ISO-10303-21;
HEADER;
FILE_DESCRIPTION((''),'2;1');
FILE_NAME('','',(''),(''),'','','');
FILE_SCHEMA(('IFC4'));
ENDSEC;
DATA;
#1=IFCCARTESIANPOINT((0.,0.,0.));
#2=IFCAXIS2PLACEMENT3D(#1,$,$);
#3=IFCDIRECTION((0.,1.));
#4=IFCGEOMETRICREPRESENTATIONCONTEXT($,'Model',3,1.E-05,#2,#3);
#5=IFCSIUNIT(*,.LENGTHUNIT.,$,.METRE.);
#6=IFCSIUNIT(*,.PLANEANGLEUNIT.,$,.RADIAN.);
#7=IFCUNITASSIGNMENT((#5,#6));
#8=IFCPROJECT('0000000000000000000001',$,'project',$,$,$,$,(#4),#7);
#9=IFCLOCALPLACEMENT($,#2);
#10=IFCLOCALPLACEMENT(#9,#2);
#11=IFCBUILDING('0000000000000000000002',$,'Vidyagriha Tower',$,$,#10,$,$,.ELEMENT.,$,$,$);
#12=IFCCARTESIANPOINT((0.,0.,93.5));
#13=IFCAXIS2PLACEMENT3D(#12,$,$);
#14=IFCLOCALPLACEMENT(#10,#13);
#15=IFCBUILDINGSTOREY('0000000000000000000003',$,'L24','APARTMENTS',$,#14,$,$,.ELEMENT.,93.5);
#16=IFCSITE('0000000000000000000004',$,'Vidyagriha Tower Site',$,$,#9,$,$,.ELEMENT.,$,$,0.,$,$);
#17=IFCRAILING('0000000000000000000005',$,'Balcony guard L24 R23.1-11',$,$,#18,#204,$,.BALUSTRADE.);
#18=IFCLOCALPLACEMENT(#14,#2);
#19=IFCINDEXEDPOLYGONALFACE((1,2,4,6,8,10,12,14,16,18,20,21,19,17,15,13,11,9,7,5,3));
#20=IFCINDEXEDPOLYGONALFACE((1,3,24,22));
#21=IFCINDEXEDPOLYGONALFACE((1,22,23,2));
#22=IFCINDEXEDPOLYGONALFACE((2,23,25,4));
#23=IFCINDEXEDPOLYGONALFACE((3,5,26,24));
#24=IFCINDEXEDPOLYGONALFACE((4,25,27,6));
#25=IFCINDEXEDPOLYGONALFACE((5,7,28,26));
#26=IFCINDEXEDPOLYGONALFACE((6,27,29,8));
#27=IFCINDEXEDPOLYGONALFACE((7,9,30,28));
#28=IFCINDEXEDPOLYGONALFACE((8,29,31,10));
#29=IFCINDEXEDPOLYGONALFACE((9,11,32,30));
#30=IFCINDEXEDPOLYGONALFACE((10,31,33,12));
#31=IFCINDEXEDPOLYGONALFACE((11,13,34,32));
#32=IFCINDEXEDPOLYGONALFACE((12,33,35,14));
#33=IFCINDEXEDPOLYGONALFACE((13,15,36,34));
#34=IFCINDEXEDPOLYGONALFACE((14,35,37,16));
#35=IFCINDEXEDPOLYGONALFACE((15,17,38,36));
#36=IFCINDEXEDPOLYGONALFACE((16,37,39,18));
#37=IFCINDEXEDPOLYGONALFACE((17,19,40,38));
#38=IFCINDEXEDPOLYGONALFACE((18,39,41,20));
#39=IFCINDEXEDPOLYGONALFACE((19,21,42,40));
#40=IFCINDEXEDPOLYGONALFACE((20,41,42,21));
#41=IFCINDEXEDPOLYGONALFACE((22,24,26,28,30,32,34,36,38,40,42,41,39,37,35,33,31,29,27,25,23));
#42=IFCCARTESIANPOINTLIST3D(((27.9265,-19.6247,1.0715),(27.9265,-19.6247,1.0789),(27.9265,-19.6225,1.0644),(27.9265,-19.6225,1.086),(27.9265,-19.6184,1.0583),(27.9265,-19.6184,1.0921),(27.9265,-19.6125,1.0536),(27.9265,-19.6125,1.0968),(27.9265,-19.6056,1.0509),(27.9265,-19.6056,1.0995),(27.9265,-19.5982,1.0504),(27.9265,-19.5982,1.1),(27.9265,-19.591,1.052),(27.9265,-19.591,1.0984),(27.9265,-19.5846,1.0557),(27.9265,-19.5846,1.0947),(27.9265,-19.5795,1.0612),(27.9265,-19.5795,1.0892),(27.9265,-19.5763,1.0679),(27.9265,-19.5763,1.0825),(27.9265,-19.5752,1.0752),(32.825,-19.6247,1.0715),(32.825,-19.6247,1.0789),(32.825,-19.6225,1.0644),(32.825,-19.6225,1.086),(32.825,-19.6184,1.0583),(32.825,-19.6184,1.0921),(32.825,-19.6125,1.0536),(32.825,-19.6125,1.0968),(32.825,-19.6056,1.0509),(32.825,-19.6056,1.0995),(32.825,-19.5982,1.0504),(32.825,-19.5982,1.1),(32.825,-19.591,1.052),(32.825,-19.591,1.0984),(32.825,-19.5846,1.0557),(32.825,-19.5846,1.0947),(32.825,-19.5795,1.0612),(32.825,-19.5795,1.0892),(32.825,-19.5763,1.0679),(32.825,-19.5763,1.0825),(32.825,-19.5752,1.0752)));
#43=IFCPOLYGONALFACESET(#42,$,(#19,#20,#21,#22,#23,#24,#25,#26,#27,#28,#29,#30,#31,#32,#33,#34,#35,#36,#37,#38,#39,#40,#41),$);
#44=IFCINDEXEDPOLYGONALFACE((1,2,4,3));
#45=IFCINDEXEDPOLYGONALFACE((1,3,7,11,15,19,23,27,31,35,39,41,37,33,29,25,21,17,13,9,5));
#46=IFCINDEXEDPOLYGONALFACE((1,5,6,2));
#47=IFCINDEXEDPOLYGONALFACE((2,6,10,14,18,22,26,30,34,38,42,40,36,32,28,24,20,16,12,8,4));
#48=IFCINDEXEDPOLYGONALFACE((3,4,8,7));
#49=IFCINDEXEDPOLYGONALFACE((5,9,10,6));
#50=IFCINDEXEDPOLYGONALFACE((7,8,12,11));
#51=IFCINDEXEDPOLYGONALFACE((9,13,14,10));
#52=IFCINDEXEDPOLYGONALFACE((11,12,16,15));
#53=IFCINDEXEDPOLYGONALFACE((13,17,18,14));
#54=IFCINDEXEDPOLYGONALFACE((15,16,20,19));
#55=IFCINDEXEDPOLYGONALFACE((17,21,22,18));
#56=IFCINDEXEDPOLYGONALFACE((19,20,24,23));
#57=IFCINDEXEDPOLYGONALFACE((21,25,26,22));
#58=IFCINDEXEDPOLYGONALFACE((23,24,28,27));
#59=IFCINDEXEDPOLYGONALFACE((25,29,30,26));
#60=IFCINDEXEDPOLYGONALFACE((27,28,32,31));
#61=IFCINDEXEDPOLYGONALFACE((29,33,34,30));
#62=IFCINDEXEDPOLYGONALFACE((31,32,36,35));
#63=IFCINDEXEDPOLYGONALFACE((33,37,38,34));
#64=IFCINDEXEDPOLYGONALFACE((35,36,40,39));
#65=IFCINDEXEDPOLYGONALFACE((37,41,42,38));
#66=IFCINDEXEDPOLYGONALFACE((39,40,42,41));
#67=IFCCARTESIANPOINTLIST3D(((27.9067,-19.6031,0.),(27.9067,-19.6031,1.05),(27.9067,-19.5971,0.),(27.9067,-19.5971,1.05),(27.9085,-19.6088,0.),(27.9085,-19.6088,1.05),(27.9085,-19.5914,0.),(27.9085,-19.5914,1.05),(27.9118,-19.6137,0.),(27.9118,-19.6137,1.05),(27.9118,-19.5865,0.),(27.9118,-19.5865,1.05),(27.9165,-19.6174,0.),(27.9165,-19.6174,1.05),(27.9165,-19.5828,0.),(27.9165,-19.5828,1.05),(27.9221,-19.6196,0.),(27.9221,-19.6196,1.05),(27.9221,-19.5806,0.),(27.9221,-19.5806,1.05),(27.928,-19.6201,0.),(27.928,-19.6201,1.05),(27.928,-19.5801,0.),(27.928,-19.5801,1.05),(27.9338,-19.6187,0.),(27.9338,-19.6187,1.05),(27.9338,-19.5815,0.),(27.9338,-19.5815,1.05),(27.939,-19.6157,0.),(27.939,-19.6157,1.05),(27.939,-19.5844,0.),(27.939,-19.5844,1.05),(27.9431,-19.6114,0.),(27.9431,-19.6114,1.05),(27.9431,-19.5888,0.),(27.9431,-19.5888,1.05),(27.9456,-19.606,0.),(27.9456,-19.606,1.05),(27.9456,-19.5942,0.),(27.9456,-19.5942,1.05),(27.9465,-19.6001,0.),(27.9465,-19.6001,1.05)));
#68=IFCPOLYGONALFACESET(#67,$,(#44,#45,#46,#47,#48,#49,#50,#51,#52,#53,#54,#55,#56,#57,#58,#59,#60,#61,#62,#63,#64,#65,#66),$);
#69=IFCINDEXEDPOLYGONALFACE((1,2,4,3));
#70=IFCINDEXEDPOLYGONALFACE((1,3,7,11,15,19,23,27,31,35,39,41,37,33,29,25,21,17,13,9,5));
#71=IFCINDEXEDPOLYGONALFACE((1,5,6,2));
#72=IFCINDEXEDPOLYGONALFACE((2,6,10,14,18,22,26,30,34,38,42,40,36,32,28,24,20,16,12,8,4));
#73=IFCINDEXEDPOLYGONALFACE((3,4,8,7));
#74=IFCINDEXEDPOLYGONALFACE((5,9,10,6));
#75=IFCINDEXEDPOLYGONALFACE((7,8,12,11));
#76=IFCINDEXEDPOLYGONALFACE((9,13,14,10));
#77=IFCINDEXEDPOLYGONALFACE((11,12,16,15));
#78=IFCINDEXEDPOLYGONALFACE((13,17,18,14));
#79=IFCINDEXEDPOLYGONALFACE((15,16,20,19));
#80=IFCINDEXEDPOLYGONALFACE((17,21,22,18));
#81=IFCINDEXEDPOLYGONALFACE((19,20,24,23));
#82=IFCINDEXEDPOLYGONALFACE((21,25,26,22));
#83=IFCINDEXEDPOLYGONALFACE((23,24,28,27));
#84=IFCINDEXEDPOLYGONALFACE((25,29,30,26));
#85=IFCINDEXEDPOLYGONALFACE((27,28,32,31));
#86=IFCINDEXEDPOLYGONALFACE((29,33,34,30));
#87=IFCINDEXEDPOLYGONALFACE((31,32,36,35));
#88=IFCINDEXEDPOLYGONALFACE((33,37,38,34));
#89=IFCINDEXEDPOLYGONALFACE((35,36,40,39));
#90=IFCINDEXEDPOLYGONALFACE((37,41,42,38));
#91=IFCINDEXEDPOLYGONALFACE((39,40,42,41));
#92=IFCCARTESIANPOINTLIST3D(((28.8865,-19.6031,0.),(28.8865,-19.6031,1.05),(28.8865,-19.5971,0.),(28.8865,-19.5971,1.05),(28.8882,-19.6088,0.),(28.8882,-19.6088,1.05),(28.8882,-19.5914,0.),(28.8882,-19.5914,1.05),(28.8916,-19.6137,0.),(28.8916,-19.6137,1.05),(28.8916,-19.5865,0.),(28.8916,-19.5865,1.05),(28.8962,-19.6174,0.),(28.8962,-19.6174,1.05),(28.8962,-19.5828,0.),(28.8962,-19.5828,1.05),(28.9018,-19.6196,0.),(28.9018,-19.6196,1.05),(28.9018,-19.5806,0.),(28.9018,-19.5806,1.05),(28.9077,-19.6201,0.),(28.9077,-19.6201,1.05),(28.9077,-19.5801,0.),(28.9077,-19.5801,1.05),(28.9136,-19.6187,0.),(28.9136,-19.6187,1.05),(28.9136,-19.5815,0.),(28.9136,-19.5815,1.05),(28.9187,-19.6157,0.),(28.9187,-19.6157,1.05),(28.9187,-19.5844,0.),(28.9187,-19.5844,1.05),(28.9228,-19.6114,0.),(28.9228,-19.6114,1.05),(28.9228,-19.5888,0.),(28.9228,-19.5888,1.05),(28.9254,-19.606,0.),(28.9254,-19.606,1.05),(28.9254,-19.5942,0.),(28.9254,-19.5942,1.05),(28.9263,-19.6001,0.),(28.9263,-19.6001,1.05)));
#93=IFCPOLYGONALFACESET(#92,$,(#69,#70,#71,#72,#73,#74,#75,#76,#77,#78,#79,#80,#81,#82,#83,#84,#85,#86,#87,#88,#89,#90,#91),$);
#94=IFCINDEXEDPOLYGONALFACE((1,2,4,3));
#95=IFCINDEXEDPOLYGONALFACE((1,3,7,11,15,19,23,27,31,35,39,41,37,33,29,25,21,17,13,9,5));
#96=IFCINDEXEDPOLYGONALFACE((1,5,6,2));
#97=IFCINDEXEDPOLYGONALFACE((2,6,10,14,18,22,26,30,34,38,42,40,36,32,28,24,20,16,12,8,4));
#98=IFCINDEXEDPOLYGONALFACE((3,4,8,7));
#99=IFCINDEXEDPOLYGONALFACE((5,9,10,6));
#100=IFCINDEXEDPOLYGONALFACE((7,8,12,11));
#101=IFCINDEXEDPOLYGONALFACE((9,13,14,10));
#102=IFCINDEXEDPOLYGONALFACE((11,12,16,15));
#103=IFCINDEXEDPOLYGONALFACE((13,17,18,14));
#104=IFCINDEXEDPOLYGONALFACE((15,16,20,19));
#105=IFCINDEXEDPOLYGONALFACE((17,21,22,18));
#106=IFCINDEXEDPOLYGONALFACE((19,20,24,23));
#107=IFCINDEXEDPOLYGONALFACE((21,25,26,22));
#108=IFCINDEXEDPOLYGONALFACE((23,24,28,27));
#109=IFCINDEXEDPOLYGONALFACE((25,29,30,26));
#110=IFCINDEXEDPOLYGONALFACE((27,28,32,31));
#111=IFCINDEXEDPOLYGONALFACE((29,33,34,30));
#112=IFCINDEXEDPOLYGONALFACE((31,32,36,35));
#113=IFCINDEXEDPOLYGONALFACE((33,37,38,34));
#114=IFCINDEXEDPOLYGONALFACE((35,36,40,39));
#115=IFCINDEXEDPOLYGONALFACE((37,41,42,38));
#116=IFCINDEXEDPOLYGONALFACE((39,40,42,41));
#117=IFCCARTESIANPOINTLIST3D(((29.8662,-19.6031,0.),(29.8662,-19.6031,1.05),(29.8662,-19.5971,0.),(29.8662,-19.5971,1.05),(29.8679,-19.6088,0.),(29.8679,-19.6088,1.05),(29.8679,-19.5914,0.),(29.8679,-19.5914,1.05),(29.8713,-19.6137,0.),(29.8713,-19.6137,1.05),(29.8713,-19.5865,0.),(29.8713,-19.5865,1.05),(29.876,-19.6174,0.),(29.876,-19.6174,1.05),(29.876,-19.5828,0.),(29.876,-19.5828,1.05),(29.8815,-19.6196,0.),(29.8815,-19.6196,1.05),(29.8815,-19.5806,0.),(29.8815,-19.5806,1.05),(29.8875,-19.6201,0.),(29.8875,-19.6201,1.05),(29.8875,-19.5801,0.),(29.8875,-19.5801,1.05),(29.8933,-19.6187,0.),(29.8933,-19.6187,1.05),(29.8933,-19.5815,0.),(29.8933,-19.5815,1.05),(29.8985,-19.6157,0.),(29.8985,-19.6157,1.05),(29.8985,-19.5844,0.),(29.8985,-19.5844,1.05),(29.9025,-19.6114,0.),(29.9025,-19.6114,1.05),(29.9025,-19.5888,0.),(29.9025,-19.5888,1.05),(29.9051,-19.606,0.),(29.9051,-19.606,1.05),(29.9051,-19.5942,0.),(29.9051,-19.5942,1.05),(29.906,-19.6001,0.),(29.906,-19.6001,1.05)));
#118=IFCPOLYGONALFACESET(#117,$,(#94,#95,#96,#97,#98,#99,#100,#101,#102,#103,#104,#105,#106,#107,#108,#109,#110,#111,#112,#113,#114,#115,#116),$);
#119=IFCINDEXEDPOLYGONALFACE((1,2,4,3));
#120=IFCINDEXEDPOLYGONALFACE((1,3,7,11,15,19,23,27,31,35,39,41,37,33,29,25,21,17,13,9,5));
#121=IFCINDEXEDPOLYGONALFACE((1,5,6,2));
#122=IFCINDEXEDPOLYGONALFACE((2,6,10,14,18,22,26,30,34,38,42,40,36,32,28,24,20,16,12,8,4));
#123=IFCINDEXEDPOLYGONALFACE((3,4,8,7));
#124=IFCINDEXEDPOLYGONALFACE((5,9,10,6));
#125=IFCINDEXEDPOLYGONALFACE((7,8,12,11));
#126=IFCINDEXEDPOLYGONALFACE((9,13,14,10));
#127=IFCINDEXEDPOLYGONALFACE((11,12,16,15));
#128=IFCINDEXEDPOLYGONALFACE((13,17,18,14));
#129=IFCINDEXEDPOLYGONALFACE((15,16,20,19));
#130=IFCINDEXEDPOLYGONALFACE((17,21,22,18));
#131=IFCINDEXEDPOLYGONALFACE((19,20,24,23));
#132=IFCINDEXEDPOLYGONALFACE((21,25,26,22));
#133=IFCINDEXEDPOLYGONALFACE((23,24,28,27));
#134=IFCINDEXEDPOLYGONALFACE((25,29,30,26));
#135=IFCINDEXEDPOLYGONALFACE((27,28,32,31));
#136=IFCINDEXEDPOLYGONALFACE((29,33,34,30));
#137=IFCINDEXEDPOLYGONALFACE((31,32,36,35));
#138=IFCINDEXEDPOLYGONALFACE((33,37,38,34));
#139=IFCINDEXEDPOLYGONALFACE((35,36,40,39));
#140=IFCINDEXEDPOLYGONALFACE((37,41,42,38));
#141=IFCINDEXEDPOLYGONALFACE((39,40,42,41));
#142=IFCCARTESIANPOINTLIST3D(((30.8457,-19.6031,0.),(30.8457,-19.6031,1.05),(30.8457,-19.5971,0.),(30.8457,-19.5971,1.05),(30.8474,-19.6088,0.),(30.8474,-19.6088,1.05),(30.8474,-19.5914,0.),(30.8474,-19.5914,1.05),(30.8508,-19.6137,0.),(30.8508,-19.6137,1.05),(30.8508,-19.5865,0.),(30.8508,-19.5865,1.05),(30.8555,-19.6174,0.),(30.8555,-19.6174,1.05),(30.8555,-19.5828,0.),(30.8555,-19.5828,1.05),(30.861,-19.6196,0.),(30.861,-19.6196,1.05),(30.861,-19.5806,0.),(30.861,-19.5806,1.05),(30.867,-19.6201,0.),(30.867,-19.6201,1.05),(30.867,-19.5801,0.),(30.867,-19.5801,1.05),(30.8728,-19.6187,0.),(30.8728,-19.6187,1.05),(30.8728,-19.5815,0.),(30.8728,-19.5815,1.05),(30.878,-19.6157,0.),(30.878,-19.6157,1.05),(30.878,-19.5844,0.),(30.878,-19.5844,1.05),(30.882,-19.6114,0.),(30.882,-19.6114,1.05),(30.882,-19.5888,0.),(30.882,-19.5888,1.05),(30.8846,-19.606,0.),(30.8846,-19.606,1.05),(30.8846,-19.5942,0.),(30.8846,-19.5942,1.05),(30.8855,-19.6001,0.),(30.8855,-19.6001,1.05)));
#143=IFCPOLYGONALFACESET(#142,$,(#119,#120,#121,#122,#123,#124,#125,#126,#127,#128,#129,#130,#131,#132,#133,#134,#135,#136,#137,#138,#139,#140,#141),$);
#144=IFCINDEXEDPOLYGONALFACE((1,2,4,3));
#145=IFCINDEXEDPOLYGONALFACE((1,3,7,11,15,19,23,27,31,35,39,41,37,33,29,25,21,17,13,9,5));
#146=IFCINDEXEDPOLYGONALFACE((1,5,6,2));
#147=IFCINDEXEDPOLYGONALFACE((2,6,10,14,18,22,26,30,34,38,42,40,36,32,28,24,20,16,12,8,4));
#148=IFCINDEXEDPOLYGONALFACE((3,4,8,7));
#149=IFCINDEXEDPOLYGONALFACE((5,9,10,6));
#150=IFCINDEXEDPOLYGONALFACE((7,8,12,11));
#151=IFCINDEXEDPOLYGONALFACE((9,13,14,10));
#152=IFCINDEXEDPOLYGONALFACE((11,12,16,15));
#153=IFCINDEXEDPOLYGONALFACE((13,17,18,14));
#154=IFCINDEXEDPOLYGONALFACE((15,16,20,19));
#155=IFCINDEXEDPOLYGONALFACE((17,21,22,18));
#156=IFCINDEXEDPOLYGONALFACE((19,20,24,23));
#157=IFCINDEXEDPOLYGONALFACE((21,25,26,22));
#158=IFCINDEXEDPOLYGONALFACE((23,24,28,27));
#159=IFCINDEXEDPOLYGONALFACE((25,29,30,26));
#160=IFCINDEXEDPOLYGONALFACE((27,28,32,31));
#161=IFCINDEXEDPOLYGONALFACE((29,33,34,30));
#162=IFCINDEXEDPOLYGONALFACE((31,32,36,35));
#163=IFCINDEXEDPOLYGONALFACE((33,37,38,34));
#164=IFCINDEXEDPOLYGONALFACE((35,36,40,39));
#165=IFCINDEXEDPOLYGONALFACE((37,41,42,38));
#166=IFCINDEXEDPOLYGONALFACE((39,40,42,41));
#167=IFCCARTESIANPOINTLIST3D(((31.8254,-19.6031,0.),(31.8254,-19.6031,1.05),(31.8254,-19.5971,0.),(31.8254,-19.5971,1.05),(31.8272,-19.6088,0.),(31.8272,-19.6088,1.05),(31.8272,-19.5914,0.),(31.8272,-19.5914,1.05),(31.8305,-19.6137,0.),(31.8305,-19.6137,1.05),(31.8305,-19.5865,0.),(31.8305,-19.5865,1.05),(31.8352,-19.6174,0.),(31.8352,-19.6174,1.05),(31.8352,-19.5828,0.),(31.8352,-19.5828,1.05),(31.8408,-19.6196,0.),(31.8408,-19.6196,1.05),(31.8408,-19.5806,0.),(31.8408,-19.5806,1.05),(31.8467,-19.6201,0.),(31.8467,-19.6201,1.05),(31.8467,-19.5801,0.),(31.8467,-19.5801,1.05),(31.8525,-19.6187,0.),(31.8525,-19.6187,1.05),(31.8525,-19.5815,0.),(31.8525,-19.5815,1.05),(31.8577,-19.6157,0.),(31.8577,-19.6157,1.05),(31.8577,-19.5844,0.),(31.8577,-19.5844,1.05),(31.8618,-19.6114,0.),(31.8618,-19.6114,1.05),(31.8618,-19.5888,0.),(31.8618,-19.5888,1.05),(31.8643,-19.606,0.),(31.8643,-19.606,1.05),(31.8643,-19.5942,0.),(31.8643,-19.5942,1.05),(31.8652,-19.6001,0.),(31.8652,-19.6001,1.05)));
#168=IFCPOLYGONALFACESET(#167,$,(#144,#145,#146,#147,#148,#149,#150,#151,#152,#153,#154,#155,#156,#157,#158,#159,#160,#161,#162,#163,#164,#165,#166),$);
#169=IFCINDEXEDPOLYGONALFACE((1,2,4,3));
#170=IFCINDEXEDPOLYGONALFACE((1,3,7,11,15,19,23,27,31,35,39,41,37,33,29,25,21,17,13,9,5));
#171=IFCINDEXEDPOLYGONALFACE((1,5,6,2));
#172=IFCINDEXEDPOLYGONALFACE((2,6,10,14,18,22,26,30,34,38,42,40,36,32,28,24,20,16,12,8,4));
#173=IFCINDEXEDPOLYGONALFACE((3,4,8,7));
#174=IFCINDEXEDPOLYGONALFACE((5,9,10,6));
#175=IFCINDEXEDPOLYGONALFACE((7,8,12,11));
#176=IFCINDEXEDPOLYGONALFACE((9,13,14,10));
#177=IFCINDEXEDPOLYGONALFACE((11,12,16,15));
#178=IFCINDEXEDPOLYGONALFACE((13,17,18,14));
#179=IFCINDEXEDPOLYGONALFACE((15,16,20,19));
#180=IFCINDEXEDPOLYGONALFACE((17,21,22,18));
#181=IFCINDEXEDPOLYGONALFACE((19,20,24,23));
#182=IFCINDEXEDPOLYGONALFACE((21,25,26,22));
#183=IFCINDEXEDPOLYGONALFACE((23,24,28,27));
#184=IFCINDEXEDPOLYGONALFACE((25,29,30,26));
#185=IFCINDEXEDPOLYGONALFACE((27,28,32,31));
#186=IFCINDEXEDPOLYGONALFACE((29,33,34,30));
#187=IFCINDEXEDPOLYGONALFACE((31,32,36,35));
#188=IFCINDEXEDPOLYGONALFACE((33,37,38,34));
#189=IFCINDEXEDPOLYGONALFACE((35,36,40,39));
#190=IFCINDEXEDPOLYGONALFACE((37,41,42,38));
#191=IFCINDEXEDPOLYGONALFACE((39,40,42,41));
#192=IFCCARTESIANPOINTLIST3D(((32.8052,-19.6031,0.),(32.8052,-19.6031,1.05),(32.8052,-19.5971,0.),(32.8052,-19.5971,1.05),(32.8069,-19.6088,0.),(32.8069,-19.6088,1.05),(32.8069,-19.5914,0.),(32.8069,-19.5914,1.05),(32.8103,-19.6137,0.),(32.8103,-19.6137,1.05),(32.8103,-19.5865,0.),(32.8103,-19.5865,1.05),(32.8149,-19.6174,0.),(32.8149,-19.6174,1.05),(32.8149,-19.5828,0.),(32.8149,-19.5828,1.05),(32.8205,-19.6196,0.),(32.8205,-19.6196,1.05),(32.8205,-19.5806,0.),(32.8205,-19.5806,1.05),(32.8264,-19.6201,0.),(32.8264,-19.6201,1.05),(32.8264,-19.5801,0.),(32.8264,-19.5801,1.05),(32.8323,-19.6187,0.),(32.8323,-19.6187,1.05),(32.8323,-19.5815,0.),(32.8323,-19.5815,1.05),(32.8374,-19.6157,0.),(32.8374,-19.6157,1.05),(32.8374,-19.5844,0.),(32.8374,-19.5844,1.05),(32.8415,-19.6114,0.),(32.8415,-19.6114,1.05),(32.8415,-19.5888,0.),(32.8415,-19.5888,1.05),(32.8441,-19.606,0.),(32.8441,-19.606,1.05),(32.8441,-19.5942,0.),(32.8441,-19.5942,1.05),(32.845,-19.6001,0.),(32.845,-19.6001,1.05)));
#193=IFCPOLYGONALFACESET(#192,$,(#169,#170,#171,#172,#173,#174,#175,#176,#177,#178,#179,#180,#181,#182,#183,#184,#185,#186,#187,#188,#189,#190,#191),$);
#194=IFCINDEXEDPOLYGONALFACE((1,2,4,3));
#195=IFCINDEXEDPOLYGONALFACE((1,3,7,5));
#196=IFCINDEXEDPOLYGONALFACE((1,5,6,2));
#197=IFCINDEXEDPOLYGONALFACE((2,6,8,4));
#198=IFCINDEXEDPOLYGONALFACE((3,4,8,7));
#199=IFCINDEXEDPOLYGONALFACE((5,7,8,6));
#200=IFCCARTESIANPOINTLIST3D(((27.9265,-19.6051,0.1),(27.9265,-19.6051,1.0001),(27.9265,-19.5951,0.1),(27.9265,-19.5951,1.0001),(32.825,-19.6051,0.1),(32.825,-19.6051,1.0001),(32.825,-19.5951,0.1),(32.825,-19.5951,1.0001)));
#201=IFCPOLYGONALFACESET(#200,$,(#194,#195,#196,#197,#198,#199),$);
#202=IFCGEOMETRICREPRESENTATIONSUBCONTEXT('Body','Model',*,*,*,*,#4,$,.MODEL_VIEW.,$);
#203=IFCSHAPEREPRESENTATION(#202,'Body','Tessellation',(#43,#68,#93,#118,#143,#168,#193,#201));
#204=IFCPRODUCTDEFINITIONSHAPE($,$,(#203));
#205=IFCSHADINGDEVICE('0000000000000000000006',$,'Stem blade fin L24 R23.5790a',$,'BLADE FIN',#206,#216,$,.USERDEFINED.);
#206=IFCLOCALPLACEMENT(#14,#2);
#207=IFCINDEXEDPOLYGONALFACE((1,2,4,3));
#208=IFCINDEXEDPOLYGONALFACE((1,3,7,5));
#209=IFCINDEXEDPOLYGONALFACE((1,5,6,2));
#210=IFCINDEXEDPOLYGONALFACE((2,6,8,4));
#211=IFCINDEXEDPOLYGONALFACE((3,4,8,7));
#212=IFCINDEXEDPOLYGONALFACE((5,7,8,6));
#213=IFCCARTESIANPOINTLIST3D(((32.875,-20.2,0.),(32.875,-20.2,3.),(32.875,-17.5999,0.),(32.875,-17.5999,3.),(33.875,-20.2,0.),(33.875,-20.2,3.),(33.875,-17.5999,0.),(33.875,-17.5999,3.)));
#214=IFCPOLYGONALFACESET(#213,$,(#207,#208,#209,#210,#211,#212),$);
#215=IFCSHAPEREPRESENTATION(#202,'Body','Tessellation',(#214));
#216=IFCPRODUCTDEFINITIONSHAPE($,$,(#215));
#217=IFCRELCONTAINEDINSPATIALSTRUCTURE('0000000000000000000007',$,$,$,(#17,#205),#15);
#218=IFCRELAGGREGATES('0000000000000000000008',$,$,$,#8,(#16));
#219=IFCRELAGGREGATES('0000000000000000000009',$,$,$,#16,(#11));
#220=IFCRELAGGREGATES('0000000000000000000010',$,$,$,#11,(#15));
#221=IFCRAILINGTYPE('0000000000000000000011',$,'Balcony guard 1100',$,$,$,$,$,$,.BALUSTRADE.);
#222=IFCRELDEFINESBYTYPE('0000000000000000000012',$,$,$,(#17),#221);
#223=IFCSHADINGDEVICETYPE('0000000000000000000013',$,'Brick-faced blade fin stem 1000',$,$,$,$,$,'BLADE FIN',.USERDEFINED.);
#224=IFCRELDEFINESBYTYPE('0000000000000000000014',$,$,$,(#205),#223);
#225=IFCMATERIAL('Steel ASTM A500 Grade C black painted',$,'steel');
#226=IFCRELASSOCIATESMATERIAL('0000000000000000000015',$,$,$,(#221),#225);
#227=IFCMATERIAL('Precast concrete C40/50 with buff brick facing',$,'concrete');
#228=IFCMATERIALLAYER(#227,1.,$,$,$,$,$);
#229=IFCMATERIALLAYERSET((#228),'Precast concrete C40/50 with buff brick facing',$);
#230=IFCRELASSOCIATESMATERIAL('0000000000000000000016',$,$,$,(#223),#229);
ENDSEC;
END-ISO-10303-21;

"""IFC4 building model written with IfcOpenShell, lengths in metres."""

from ifc_helpers import new_model, si_unit, direction, frame, origin, origin_2d, place, context, subcontext, project, spatial, polyline, rectangle, circle, outline, extrude, material, layer, layer_set, type_object, element, save


model = new_model("IFC4")

# Units and contexts
model_context = context("Model", 3, precision=1e-05, world=origin(), true_north=direction((0.0, 1.0)))
body_context = subcontext(model_context, "Body", "Model", "MODEL_VIEW")
ifc_project = project(units=[si_unit("LENGTHUNIT", "METRE"), si_unit("PLANEANGLEUNIT", "RADIAN")], contexts=[model_context])

# Site, building, storey
site_placement = place(None, origin())
site = spatial("IfcSite", under=ifc_project, at=site_placement, Name="Vidyagriha Tower Site", CompositionType="ELEMENT", RefElevation=0.0)
building_placement = place(site_placement, origin())
building = spatial("IfcBuilding", under=site, at=building_placement, Name="Vidyagriha Tower", CompositionType="ELEMENT")
storey_placement = place(building_placement, frame((0.0, 0.0, 93.5)))
storey = spatial("IfcBuildingStorey", under=building, at=storey_placement, Name="L24", Description="APARTMENTS", CompositionType="ELEMENT", Elevation=93.5)

# Railing
ifc_material_1 = material(Name="Steel ASTM A500 Grade C black painted", Category="steel")
railing_type_1 = type_object("IfcRailingType", Name="Balcony guard 1100", PredefinedType="BALUSTRADE", material=ifc_material_1)
railing_1_placement = place(storey_placement, frame((27.9265, -19.6001, 0.0)))
element("IfcRailing", 1, at=railing_1_placement, inside=storey, type_object=railing_type_1, Name="Balcony guard L24 R23.1-11", PredefinedType="BALUSTRADE", context=body_context, shape_type="SweptSolid", body=[
    extrude(circle(Radius=0.0249, at=origin_2d()), frame((0.0, 0.0, 1.0752), z_axis=(1.0, 0.0, 0.0), x_axis=(0.0, 1.0, 0.0)), (0.0, 0.0, 1.0), 4.8984),
    extrude(circle(Radius=0.02, at=origin_2d()), origin(), (0.0, 0.0, 1.0), 1.05),
    extrude(circle(Radius=0.02, at=origin_2d()), frame((0.9797, 0.0, 0.0)), (0.0, 0.0, 1.0), 1.05),
    extrude(circle(Radius=0.02, at=origin_2d()), frame((1.9595, 0.0, 0.0)), (0.0, 0.0, 1.0), 1.05),
    extrude(circle(Radius=0.02, at=origin_2d()), frame((2.939, 0.0, 0.0)), (0.0, 0.0, 1.0), 1.05),
    extrude(circle(Radius=0.02, at=origin_2d()), frame((3.9187, 0.0, 0.0)), (0.0, 0.0, 1.0), 1.05),
    extrude(circle(Radius=0.02, at=origin_2d()), frame((4.8984, 0.0, 0.0)), (0.0, 0.0, 1.0), 1.05),
    extrude(rectangle(XDim=0.01, YDim=0.9001, at=origin_2d()), frame((0.0, 0.0, 0.55), z_axis=(1.0, 0.0, 0.0), x_axis=(0.0, 1.0, 0.0)), (0.0, 0.0, 1.0), 4.8984),
])

# Shading device
ifc_material_2 = material(Name="Precast concrete C40/50 with buff brick facing", Category="concrete")
ifc_layer_1 = layer(ifc_material_2, 1.0)
ifc_layer_set_1 = layer_set([ifc_layer_1], Name="Precast concrete C40/50 with buff brick facing")
shading_device_type = type_object("IfcShadingDeviceType", Name="Brick-faced blade fin stem 1000", ElementType="BLADE FIN", PredefinedType="USERDEFINED", material=ifc_layer_set_1)
shading_device_placement = place(storey_placement, frame((32.875, -18.8999, 0.0)))
element("IfcShadingDevice", 2, at=shading_device_placement, inside=storey, type_object=shading_device_type, Name="Stem blade fin L24 R23.5790a", ObjectType="BLADE FIN", PredefinedType="USERDEFINED", context=body_context, shape_type="SweptSolid", body=[
    extrude(outline(polyline([(0.0, 0.0), (1.0, 0.0), (1.0, 3.0), (0.0, 3.0), (0.0, 0.0)])), frame((0.0, 1.3, 0.0), z_axis=(0.0, -1.0, 0.0), x_axis=(1.0, 0.0, 0.0)), (0.0, 0.0, 1.0), 2.6001),
])

save(model, "model.ifc")
